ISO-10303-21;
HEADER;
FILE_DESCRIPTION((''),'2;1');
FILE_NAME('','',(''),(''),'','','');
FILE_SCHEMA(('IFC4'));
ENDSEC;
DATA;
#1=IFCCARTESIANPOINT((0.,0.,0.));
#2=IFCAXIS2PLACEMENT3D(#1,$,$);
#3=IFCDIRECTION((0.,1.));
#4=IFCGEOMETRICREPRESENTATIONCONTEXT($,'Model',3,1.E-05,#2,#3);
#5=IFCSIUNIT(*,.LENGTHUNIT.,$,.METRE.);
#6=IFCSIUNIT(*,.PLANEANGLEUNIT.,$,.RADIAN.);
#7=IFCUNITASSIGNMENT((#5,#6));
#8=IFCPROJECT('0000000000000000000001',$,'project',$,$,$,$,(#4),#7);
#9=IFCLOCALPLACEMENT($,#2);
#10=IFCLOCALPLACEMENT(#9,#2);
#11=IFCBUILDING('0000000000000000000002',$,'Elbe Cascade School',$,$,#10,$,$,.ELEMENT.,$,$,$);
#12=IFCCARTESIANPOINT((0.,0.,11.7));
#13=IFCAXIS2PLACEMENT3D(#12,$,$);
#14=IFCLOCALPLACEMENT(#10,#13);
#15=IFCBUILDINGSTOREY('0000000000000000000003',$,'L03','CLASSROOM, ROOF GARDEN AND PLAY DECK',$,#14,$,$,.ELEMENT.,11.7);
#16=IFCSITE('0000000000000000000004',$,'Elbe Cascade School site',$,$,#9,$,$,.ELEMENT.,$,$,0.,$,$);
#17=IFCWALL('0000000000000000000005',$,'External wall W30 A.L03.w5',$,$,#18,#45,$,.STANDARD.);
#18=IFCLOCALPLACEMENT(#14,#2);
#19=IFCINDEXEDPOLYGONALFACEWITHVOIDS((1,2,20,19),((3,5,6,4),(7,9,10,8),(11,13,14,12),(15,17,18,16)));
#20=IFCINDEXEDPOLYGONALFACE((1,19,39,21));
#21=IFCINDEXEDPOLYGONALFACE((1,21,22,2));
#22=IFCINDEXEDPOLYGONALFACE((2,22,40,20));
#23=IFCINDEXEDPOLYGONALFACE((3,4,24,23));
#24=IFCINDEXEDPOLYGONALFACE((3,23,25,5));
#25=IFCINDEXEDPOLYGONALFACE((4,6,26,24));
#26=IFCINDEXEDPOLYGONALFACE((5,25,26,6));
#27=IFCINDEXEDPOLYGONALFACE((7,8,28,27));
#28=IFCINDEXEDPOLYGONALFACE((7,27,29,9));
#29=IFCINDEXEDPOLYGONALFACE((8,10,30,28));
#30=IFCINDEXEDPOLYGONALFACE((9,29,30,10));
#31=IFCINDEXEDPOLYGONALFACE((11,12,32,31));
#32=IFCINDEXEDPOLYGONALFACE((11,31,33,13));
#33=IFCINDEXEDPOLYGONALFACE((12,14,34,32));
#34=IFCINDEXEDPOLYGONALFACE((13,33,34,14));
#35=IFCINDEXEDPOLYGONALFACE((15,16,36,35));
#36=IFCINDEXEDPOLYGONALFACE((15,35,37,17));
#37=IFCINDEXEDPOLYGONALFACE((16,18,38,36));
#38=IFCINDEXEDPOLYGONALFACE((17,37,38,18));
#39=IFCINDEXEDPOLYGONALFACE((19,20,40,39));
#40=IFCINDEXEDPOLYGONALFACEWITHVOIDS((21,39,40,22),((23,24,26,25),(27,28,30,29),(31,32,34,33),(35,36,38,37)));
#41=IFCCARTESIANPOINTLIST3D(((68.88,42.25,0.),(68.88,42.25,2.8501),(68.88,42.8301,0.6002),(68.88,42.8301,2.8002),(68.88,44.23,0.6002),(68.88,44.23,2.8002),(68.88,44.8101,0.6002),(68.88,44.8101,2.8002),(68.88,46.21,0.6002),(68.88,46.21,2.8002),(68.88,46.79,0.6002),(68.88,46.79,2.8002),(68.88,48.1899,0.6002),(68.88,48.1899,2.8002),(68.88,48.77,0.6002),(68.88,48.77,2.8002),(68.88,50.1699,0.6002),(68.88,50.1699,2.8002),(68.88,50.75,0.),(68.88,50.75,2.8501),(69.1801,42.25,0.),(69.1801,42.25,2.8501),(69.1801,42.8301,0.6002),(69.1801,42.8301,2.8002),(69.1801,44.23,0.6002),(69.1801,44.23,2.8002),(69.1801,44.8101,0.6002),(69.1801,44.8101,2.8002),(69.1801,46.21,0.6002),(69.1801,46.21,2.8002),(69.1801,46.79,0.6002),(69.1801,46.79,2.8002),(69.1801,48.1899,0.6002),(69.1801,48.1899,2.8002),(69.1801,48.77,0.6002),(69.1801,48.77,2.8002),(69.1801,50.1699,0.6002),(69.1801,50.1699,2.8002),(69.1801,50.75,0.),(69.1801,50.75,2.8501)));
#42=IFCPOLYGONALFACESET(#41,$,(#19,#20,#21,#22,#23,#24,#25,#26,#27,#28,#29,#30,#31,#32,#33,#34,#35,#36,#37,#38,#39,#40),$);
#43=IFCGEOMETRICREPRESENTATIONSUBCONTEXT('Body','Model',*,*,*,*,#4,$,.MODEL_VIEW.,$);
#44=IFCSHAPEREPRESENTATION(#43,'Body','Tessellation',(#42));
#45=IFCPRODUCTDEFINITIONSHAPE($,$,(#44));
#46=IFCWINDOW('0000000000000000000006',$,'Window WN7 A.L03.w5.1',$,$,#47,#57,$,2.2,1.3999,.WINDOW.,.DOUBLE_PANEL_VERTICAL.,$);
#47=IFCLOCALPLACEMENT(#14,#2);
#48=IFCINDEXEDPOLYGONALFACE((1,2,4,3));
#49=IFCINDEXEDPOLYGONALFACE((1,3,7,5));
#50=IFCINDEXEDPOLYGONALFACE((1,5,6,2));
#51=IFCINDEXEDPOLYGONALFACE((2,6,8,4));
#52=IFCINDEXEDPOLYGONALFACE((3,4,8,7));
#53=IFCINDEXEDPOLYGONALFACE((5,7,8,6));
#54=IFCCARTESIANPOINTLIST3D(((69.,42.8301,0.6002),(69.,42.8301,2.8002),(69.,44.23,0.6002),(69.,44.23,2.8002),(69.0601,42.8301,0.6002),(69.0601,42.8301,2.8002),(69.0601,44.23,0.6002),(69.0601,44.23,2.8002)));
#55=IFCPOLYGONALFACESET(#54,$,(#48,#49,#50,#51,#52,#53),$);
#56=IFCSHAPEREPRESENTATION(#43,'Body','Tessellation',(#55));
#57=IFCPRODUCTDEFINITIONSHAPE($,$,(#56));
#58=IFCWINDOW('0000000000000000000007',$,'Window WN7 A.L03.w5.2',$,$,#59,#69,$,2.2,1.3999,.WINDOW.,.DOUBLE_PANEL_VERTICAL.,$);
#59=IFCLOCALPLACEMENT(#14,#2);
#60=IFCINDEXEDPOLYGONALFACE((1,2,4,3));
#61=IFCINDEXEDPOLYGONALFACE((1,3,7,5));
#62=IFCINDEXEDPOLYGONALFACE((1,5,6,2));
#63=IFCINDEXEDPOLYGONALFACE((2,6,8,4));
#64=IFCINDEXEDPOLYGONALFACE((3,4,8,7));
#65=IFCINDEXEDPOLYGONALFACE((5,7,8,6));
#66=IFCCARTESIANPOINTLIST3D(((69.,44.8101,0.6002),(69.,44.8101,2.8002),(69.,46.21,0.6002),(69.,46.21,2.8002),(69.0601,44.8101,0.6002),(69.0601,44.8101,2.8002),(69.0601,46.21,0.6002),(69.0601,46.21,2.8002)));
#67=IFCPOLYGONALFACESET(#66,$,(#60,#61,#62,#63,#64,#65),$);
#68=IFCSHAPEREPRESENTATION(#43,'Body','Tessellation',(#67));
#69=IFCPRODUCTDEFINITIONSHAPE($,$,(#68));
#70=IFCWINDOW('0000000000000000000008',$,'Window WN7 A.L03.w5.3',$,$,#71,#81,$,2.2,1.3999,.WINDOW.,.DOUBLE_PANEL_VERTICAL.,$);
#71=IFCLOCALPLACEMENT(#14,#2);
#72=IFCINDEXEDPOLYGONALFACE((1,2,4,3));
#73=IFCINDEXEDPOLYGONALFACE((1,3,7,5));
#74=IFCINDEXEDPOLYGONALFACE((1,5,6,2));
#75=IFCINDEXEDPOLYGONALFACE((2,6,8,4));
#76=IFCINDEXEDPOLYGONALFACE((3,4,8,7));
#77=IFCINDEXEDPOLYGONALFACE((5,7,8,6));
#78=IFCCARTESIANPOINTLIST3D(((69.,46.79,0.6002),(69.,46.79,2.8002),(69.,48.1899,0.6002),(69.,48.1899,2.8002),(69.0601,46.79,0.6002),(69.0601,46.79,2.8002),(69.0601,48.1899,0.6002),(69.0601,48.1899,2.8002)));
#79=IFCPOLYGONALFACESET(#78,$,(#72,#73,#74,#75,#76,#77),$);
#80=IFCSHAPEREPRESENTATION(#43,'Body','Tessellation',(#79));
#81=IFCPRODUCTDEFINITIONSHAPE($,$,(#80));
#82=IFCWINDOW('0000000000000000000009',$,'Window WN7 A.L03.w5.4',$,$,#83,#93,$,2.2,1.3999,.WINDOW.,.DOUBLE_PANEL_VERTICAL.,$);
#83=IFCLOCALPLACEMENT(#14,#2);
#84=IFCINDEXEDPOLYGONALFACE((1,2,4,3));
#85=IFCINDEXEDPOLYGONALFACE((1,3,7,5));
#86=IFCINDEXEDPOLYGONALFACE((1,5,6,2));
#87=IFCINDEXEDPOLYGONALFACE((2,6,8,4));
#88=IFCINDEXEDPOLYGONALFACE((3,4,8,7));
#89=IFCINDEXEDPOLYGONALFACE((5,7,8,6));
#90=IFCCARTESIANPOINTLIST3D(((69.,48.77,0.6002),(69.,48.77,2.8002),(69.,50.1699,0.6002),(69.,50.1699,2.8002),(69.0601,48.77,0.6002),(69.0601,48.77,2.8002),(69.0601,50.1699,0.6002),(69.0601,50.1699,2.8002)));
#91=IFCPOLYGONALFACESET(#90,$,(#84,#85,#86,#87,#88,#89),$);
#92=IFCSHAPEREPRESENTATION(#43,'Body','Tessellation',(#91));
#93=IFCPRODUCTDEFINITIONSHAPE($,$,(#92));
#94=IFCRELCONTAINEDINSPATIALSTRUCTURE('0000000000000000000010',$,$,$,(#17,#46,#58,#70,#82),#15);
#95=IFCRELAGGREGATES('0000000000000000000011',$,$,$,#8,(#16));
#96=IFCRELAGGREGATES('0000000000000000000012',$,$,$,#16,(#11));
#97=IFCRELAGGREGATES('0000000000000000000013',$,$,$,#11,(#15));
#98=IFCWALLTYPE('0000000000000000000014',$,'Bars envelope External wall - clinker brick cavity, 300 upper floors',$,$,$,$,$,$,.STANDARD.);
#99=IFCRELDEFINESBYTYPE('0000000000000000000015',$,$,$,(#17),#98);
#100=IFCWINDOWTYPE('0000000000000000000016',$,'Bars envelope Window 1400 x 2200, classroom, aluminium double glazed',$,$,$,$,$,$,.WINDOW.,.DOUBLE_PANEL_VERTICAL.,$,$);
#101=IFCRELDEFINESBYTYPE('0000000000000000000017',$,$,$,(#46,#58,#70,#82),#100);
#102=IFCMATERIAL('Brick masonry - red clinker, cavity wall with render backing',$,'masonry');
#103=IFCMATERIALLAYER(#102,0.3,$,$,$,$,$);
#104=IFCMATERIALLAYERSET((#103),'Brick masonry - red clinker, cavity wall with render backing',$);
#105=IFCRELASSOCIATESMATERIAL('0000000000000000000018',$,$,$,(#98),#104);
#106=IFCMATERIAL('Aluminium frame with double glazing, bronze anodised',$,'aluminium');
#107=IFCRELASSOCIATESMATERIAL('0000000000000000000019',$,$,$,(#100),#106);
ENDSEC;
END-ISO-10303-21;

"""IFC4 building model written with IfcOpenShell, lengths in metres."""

from ifc_helpers import new_model, si_unit, direction, frame, frame_2d, origin, place, context, subcontext, project, spatial, rectangle, extrude, material, layer, layer_set, type_object, element, fill, save


model = new_model("IFC4")

# Units and contexts
model_context = context("Model", 3, precision=1e-05, world=origin(), true_north=direction((0.0, 1.0)))
body_context = subcontext(model_context, "Body", "Model", "MODEL_VIEW")
ifc_project = project(units=[si_unit("LENGTHUNIT", "METRE"), si_unit("PLANEANGLEUNIT", "RADIAN")], contexts=[model_context])

# Site, building, storey
site_placement = place(None, origin())
site = spatial("IfcSite", under=ifc_project, at=site_placement, Name="Elbe Cascade School site", CompositionType="ELEMENT", RefElevation=0.0)
building_placement = place(site_placement, origin())
building = spatial("IfcBuilding", under=site, at=building_placement, Name="Elbe Cascade School", CompositionType="ELEMENT")
storey_placement = place(building_placement, frame((0.0, 0.0, 11.7)))
storey = spatial("IfcBuildingStorey", under=building, at=storey_placement, Name="L03", Description="CLASSROOM, ROOF GARDEN AND PLAY DECK", CompositionType="ELEMENT", Elevation=11.7)

# Wall, openings, windows
ifc_material_1 = material(Name="Brick masonry - red clinker, cavity wall with render backing", Category="masonry")
ifc_layer_1 = layer(ifc_material_1, 0.3)
ifc_layer_set_1 = layer_set([ifc_layer_1], Name="Brick masonry - red clinker, cavity wall with render backing")
wall_type_1 = type_object("IfcWallType", Name="Bars envelope External wall - clinker brick cavity, 300 upper floors", PredefinedType="STANDARD", material=ifc_layer_set_1)
wall_1_placement = place(storey_placement, frame((69.03, 42.25, 0.0), z_axis=(0.0, 0.0, 1.0), x_axis=(0.0, 1.0, 0.0)))
wall_1 = element("IfcWall", 1, at=wall_1_placement, inside=storey, type_object=wall_type_1, Name="External wall W30 A.L03.w5", PredefinedType="STANDARD", context=body_context, shape_type="SweptSolid", body=[
    extrude(rectangle(XDim=8.5, YDim=0.3, at=frame_2d((4.25, 0.0))), origin(), (0.0, 0.0, 1.0), 2.8501),
])
opening_1_placement = place(wall_1_placement, frame((0.5801, 0.0, 0.6001)))
opening_1 = element("IfcOpeningElement", 2, at=opening_1_placement, cuts=wall_1, PredefinedType="OPENING", context=body_context, shape_type="SweptSolid", body=[
    extrude(rectangle(XDim=1.3999, YDim=2.2, at=frame_2d((0.7, 1.1001))), frame((0.0, 0.1599, 0.0), z_axis=(0.0, -1.0, 0.0), x_axis=(1.0, 0.0, 0.0)), (0.0, 0.0, 1.0), 0.3201),
])
opening_2_placement = place(wall_1_placement, frame((2.5601, 0.0, 0.6001)))
opening_2 = element("IfcOpeningElement", 3, at=opening_2_placement, cuts=wall_1, PredefinedType="OPENING", context=body_context, shape_type="SweptSolid", body=[
    extrude(rectangle(XDim=1.3999, YDim=2.2, at=frame_2d((0.7, 1.1001))), frame((0.0, 0.1599, 0.0), z_axis=(0.0, -1.0, 0.0), x_axis=(1.0, 0.0, 0.0)), (0.0, 0.0, 1.0), 0.3201),
])
opening_3_placement = place(wall_1_placement, frame((4.54, 0.0, 0.6001)))
opening_3 = element("IfcOpeningElement", 4, at=opening_3_placement, cuts=wall_1, PredefinedType="OPENING", context=body_context, shape_type="SweptSolid", body=[
    extrude(rectangle(XDim=1.3999, YDim=2.2, at=frame_2d((0.7, 1.1001))), frame((0.0, 0.1599, 0.0), z_axis=(0.0, -1.0, 0.0), x_axis=(1.0, 0.0, 0.0)), (0.0, 0.0, 1.0), 0.3201),
])
opening_4_placement = place(wall_1_placement, frame((6.52, 0.0, 0.6001)))
opening_4 = element("IfcOpeningElement", 5, at=opening_4_placement, cuts=wall_1, PredefinedType="OPENING", context=body_context, shape_type="SweptSolid", body=[
    extrude(rectangle(XDim=1.3999, YDim=2.2, at=frame_2d((0.7, 1.1001))), frame((0.0, 0.1599, 0.0), z_axis=(0.0, -1.0, 0.0), x_axis=(1.0, 0.0, 0.0)), (0.0, 0.0, 1.0), 0.3201),
])
ifc_material_2 = material(Name="Aluminium frame with double glazing, bronze anodised", Category="aluminium")
window_type_1 = type_object("IfcWindowType", Name="Bars envelope Window 1400 x 2200, classroom, aluminium double glazed", PartitioningType="DOUBLE_PANEL_VERTICAL", PredefinedType="WINDOW", material=ifc_material_2)
window_1_placement = place(opening_1_placement, origin())
window_1 = element("IfcWindow", 6, at=window_1_placement, inside=storey, type_object=window_type_1, Name="Window WN7 A.L03.w5.1", OverallHeight=2.2, OverallWidth=1.3999, PartitioningType="DOUBLE_PANEL_VERTICAL", PredefinedType="WINDOW", context=body_context, shape_type="SweptSolid", body=[
    extrude(rectangle(XDim=1.3999, YDim=2.2, at=frame_2d((0.7, 1.1001))), frame((0.0, 0.03, 0.0), z_axis=(0.0, -1.0, 0.0), x_axis=(1.0, 0.0, 0.0)), (0.0, 0.0, 1.0), 0.0601),
])
fill(opening_1, window_1)
window_2_placement = place(opening_2_placement, origin())
window_2 = element("IfcWindow", 7, at=window_2_placement, inside=storey, type_object=window_type_1, Name="Window WN7 A.L03.w5.2", OverallHeight=2.2, OverallWidth=1.3999, PartitioningType="DOUBLE_PANEL_VERTICAL", PredefinedType="WINDOW", context=body_context, shape_type="SweptSolid", body=[
    extrude(rectangle(XDim=1.3999, YDim=2.2, at=frame_2d((0.7, 1.1001))), frame((0.0, 0.03, 0.0), z_axis=(0.0, -1.0, 0.0), x_axis=(1.0, 0.0, 0.0)), (0.0, 0.0, 1.0), 0.0601),
])
fill(opening_2, window_2)
window_3_placement = place(opening_3_placement, origin())
window_3 = element("IfcWindow", 8, at=window_3_placement, inside=storey, type_object=window_type_1, Name="Window WN7 A.L03.w5.3", OverallHeight=2.2, OverallWidth=1.3999, PartitioningType="DOUBLE_PANEL_VERTICAL", PredefinedType="WINDOW", context=body_context, shape_type="SweptSolid", body=[
    extrude(rectangle(XDim=1.3999, YDim=2.2, at=frame_2d((0.7, 1.1001))), frame((0.0, 0.03, 0.0), z_axis=(0.0, -1.0, 0.0), x_axis=(1.0, 0.0, 0.0)), (0.0, 0.0, 1.0), 0.0601),
])
fill(opening_3, window_3)
window_4_placement = place(opening_4_placement, origin())
window_4 = element("IfcWindow", 9, at=window_4_placement, inside=storey, type_object=window_type_1, Name="Window WN7 A.L03.w5.4", OverallHeight=2.2, OverallWidth=1.3999, PartitioningType="DOUBLE_PANEL_VERTICAL", PredefinedType="WINDOW", context=body_context, shape_type="SweptSolid", body=[
    extrude(rectangle(XDim=1.3999, YDim=2.2, at=frame_2d((0.7, 1.1001))), frame((0.0, 0.03, 0.0), z_axis=(0.0, -1.0, 0.0), x_axis=(1.0, 0.0, 0.0)), (0.0, 0.0, 1.0), 0.0601),
])
fill(opening_4, window_4)

save(model, "model.ifc")
